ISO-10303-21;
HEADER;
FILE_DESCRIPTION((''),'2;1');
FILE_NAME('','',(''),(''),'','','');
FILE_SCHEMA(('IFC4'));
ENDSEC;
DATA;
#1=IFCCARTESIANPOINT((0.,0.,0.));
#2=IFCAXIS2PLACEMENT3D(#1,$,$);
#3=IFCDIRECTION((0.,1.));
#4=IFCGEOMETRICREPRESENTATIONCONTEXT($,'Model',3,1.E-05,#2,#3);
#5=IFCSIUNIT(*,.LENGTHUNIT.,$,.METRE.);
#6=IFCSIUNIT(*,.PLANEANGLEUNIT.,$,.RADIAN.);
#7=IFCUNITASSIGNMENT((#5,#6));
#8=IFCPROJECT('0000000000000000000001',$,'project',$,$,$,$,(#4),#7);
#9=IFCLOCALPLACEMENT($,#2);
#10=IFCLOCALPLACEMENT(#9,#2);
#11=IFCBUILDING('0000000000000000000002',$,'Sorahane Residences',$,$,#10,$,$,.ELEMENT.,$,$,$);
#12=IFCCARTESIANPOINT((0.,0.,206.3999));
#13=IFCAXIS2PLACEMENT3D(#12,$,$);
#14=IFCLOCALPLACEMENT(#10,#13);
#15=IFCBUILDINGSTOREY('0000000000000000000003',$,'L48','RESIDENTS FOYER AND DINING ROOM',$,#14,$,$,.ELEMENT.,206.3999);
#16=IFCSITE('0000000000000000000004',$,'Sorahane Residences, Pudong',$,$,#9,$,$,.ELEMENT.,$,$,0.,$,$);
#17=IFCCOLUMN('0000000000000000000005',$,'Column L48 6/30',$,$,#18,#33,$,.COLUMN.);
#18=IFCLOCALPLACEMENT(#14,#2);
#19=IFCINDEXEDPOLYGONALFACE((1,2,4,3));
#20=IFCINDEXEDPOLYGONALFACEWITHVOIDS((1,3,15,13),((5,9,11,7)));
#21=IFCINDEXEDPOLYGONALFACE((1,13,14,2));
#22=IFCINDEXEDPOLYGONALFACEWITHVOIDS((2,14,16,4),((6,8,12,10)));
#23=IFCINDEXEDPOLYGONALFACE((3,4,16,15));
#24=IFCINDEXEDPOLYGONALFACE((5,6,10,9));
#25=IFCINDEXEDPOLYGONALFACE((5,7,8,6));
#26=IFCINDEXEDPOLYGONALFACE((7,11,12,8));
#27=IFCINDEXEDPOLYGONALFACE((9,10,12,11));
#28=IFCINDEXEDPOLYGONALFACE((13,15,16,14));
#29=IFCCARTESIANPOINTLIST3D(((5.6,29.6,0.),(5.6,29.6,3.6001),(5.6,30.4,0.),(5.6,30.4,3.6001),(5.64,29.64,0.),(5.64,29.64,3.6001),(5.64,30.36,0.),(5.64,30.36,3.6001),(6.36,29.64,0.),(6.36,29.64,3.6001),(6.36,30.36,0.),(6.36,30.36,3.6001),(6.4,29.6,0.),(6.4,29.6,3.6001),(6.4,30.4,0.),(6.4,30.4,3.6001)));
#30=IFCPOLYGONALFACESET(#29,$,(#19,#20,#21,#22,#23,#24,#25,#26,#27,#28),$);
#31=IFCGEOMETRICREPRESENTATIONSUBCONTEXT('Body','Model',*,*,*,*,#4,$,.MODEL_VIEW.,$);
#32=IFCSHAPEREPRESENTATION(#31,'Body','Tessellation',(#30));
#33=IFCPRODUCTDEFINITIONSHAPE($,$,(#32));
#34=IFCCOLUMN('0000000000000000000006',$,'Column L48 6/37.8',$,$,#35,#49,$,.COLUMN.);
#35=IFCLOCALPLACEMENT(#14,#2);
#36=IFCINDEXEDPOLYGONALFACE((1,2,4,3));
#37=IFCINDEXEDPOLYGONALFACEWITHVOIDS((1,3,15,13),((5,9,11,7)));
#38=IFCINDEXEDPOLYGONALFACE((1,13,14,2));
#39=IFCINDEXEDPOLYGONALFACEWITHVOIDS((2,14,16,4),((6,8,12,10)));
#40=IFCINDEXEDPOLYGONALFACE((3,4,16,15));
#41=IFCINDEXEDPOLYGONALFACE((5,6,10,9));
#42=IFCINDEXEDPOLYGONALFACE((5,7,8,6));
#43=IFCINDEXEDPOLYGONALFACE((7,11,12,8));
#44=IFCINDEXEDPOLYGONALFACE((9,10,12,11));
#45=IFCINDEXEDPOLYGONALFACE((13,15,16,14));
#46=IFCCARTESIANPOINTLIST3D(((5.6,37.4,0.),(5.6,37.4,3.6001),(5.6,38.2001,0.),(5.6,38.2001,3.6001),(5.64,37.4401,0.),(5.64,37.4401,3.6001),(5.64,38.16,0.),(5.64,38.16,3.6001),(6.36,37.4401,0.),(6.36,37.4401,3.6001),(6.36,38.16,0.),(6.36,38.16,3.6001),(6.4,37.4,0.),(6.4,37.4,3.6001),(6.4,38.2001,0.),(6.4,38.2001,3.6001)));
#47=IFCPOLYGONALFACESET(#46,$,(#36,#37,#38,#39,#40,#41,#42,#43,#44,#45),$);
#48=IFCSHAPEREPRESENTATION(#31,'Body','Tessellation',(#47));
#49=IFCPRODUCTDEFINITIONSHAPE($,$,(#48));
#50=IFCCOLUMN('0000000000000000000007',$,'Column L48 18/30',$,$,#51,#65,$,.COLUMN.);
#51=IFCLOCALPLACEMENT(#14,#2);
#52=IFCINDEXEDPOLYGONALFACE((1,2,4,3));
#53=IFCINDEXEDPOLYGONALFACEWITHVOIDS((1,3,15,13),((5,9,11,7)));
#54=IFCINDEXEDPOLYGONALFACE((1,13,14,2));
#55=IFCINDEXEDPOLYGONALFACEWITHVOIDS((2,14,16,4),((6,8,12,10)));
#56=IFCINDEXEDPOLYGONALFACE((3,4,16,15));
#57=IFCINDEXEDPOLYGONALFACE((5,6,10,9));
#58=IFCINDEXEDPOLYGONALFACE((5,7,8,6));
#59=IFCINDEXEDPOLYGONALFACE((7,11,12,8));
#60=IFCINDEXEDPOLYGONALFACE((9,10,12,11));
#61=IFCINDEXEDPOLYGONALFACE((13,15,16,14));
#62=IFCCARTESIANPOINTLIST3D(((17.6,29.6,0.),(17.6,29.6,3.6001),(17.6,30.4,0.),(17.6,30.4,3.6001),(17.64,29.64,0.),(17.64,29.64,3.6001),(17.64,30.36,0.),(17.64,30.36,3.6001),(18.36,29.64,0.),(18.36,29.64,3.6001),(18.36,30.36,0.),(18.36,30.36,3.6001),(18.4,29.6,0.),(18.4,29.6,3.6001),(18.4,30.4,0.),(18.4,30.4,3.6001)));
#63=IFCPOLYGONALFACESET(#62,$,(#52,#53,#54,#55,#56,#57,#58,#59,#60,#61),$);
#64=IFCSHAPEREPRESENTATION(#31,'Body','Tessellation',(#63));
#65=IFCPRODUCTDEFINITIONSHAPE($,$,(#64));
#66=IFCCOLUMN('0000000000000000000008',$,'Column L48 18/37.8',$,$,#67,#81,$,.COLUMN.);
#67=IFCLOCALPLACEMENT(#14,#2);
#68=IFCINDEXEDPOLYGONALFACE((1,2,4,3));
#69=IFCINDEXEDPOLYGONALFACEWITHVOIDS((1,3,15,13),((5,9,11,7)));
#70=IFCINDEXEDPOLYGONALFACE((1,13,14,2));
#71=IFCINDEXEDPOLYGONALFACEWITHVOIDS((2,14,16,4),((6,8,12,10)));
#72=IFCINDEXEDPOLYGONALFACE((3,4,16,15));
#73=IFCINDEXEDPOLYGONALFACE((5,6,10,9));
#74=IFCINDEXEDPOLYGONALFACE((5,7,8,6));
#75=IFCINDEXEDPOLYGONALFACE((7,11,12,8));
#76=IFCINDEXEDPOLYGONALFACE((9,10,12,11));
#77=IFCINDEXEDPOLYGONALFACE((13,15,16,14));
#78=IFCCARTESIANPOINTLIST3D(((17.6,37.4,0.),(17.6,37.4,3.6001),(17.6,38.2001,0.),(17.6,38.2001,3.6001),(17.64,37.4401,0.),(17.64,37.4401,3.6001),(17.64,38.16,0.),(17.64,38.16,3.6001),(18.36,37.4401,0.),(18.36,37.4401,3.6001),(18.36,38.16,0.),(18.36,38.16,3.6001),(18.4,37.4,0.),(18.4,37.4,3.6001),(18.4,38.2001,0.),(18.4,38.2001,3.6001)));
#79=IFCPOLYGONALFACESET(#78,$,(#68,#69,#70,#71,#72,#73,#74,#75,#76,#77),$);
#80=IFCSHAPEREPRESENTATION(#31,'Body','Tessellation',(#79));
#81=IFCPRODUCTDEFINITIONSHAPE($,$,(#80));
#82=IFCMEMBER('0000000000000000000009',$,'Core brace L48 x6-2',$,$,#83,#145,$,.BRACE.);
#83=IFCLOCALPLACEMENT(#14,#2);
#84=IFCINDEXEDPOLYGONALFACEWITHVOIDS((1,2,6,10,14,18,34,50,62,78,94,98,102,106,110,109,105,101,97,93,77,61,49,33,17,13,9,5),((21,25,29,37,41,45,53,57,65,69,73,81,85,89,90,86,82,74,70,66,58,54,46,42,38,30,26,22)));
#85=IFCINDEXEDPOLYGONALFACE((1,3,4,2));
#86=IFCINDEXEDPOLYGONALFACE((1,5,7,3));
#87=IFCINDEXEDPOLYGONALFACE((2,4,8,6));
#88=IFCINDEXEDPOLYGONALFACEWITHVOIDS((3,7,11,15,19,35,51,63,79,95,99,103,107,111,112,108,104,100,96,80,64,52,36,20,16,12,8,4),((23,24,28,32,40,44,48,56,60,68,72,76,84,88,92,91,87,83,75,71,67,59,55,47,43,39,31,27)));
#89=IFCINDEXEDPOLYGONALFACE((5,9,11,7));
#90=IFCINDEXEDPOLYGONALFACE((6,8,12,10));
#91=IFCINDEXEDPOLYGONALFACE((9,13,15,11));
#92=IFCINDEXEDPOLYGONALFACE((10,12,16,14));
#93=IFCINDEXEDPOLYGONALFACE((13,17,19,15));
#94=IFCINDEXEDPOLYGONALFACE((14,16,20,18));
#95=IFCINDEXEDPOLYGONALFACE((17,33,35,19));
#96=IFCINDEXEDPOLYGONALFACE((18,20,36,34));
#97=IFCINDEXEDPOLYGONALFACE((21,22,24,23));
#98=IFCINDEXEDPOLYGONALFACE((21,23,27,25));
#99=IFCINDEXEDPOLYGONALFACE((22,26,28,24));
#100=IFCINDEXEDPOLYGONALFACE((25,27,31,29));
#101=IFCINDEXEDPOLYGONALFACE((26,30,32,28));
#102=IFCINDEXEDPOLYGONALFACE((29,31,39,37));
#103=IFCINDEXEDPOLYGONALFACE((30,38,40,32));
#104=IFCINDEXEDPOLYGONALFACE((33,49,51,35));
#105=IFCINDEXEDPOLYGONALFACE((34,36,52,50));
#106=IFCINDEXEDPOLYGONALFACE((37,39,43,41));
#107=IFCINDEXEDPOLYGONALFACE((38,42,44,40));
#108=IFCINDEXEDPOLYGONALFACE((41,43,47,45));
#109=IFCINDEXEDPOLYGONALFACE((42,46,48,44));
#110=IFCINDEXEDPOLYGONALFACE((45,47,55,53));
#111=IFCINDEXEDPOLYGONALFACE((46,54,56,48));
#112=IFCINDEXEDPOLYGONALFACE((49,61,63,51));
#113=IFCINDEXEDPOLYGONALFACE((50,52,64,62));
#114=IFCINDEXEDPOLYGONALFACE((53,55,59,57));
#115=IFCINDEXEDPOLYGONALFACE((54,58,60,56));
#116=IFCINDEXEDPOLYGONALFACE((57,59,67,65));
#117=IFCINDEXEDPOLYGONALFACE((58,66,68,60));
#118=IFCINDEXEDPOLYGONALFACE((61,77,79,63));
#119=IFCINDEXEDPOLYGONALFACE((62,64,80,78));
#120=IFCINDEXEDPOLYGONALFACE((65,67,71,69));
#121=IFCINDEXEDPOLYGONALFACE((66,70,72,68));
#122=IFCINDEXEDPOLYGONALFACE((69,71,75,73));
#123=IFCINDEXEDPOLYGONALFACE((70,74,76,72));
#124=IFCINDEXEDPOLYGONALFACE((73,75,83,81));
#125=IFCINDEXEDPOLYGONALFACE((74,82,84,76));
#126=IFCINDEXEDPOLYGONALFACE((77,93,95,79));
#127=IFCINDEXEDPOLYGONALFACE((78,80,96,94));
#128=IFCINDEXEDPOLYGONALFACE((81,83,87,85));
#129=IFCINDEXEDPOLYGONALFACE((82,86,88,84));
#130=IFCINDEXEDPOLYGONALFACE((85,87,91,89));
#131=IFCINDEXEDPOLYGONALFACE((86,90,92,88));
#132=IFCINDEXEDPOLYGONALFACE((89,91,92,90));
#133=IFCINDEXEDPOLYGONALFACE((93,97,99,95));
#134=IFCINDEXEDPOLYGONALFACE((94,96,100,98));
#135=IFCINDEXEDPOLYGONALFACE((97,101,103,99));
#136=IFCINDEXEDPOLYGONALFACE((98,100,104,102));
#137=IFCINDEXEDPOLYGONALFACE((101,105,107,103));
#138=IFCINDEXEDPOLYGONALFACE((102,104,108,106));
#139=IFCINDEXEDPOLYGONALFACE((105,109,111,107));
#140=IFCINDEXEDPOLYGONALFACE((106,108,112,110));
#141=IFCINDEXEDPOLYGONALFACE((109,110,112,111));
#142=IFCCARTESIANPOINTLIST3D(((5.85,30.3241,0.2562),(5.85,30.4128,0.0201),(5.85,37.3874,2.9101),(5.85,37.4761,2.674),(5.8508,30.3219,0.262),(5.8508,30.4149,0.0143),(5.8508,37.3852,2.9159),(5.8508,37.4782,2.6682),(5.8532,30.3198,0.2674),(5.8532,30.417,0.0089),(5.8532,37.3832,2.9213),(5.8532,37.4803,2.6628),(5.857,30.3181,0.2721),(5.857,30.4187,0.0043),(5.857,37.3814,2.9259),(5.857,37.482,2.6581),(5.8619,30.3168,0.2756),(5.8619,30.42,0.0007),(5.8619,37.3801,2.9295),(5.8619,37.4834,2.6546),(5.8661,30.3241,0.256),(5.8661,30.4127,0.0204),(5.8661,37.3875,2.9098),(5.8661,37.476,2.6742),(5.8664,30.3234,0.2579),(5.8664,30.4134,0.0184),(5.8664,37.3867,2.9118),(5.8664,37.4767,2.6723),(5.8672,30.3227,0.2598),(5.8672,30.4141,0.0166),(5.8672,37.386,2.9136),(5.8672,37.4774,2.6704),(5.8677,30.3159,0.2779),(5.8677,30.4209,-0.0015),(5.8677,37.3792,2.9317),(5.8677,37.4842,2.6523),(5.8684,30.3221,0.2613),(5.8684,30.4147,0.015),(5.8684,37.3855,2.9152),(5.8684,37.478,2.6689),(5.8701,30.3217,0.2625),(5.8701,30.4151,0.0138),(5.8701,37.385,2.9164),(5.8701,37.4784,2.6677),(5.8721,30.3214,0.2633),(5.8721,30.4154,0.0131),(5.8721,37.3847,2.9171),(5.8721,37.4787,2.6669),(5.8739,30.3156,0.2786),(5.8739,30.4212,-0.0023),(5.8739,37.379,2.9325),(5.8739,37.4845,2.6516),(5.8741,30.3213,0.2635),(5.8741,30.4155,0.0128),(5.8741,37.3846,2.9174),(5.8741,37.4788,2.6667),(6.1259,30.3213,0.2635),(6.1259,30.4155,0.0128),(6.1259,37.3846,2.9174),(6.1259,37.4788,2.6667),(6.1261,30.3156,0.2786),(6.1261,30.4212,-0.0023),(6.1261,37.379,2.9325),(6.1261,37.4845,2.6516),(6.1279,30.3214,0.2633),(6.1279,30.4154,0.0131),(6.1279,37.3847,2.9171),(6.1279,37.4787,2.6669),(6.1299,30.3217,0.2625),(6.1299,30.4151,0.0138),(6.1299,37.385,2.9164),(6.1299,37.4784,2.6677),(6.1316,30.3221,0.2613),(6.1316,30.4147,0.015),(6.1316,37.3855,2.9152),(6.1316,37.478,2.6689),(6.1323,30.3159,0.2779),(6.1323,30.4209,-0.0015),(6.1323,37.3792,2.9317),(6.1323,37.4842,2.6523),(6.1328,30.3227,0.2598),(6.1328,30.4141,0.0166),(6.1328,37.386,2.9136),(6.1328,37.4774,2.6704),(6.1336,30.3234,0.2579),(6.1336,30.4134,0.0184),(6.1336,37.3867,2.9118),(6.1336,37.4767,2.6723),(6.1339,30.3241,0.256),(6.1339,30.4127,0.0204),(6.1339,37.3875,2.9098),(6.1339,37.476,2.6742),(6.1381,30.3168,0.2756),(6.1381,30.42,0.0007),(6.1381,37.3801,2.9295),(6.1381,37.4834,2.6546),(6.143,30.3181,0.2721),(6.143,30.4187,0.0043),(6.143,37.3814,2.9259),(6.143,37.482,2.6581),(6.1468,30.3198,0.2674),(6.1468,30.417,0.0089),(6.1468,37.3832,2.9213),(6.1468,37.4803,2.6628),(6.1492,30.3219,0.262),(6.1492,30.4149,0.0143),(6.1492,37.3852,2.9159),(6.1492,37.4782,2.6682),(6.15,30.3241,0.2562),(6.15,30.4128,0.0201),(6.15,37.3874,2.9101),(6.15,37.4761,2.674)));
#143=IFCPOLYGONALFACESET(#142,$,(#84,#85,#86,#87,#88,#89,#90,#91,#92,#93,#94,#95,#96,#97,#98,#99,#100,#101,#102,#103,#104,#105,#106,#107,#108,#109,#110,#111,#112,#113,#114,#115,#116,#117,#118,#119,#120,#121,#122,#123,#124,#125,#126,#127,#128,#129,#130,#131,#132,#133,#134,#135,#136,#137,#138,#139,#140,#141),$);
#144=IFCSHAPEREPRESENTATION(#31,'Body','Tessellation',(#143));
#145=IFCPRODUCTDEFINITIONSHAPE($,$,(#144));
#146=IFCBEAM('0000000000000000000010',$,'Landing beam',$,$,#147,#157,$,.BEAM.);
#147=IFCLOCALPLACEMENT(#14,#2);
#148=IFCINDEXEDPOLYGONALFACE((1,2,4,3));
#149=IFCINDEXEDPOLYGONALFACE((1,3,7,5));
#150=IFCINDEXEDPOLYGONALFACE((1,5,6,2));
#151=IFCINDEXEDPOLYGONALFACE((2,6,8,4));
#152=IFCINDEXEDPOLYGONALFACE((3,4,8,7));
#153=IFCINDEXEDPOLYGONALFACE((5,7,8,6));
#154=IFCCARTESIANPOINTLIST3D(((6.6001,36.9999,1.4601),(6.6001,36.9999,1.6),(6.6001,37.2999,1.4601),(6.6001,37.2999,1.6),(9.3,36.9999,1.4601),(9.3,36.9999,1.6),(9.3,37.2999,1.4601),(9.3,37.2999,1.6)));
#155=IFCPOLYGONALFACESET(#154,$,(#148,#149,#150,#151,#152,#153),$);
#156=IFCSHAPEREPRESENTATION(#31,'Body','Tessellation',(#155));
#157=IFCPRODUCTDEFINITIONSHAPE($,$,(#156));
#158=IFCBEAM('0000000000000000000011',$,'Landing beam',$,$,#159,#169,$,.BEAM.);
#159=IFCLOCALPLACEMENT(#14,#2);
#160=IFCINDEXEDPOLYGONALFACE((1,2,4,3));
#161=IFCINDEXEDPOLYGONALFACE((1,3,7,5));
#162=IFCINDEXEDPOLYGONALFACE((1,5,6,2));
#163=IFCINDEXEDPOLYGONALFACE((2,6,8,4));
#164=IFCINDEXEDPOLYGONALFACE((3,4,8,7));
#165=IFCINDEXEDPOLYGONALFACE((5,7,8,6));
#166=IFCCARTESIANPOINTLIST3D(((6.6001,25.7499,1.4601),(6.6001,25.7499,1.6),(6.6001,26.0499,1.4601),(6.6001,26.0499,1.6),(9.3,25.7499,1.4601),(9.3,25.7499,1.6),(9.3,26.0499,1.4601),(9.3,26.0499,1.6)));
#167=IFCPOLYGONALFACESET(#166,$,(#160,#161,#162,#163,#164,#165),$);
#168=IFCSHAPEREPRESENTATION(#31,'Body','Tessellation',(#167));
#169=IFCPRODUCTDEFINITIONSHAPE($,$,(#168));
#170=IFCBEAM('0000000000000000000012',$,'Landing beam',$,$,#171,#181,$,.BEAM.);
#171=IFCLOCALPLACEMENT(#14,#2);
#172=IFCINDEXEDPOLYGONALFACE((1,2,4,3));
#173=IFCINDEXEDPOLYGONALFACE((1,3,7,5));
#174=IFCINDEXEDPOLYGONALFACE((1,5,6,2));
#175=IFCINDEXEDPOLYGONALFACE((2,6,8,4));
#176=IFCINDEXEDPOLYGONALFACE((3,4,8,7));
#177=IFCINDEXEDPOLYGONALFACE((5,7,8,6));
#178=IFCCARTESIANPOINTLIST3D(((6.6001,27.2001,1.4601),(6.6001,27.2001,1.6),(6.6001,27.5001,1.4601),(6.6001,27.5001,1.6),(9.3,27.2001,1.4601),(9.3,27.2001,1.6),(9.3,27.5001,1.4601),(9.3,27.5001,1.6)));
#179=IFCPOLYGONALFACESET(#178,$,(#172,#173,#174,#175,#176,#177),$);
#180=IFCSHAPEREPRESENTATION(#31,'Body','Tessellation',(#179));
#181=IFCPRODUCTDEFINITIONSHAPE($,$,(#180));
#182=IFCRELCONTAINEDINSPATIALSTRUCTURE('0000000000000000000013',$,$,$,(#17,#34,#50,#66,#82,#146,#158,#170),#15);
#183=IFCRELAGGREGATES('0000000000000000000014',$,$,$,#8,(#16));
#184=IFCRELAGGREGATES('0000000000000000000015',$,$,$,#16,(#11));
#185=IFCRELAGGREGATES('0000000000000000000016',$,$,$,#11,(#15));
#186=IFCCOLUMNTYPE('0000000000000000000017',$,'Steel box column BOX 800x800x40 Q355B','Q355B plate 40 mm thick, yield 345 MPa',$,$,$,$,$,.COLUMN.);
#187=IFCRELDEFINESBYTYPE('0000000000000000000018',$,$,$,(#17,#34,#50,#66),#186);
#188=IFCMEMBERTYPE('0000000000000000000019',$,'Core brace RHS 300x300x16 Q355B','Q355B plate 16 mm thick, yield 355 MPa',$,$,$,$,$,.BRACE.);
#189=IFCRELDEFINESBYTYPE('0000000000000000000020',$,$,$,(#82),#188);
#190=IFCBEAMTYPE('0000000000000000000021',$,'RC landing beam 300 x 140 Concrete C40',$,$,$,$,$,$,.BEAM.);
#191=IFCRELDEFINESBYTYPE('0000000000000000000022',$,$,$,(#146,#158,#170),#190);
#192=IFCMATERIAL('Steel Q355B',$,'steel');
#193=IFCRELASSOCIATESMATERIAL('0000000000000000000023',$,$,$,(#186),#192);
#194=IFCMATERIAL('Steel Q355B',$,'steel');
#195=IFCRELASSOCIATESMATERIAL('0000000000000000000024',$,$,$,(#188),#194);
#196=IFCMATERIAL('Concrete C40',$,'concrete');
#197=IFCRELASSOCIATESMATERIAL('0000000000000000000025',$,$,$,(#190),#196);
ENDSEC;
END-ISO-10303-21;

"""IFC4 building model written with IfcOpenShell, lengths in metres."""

from ifc_helpers import new_model, si_unit, direction, frame, origin, origin_2d, place, context, subcontext, project, spatial, rectangle, hollow_rectangle, extrude, material, material_profile, profile_set, type_object, element, save


model = new_model("IFC4")

# Units and contexts
model_context = context("Model", 3, precision=1e-05, world=origin(), true_north=direction((0.0, 1.0)))
body_context = subcontext(model_context, "Body", "Model", "MODEL_VIEW")
ifc_project = project(units=[si_unit("LENGTHUNIT", "METRE"), si_unit("PLANEANGLEUNIT", "RADIAN")], contexts=[model_context])

# Site, building, storey
site_placement = place(None, origin())
site = spatial("IfcSite", under=ifc_project, at=site_placement, Name="Sorahane Residences, Pudong", CompositionType="ELEMENT", RefElevation=0.0)
building_placement = place(site_placement, origin())
building = spatial("IfcBuilding", under=site, at=building_placement, Name="Sorahane Residences", CompositionType="ELEMENT")
storey_placement = place(building_placement, frame((0.0, 0.0, 206.3999)))
storey = spatial("IfcBuildingStorey", under=building, at=storey_placement, Name="L48", Description="RESIDENTS FOYER AND DINING ROOM", CompositionType="ELEMENT", Elevation=206.3999)

# Columns
ifc_material_1 = material(Name="Steel Q355B", Category="steel")
ifc_material_profile_1 = material_profile(ifc_material_1, hollow_rectangle(XDim=0.8, YDim=0.8, WallThickness=0.04, at=origin_2d()), Name="BOX 800x800x40")
ifc_profile_set_1 = profile_set([ifc_material_profile_1], Name="Steel Q355B")
column_type = type_object("IfcColumnType", Name="Steel box column BOX 800x800x40 Q355B", Description="Q355B plate 40 mm thick, yield 345 MPa", PredefinedType="COLUMN", material=ifc_profile_set_1)
for number, where, z_axis, x_axis, name in (
    (1, (6.0, 30.0, 0.0), (0.0, 0.0, 1.0), (1.0, 0.0, 0.0), "Column L48 6/30"),
    (2, (6.0, 37.8, 0.0), (0.0, 0.0, 1.0), (1.0, 0.0, 0.0), "Column L48 6/37.8"),
    (3, (18.0, 30.0, 0.0), (0.0, 0.0, 1.0), (1.0, 0.0, 0.0), "Column L48 18/30"),
    (4, (18.0, 37.8, 0.0), (0.0, 0.0, 1.0), (1.0, 0.0, 0.0), "Column L48 18/37.8"),
):
    element("IfcColumn", number, at=place(storey_placement, frame(where, z_axis=z_axis, x_axis=x_axis)), inside=storey, type_object=column_type, Name=name, PredefinedType="COLUMN", context=body_context, shape_type="SweptSolid", body=[
        extrude(hollow_rectangle(XDim=0.8, YDim=0.8, WallThickness=0.04, at=origin_2d()), origin(), (0.0, 0.0, 1.0), 3.6001),
    ])

# Member
ifc_material_2 = material(Name="Steel Q355B", Category="steel")
ifc_material_profile_2 = material_profile(ifc_material_2, hollow_rectangle(XDim=0.3, YDim=0.3, WallThickness=0.0161, InnerFilletRadius=0.0081, OuterFilletRadius=0.0239, at=origin_2d()), Name="RHS 300x300x16")
ifc_profile_set_2 = profile_set([ifc_material_profile_2], Name="Steel Q355B")
member_type = type_object("IfcMemberType", Name="Core brace RHS 300x300x16 Q355B", Description="Q355B plate 16 mm thick, yield 355 MPa", PredefinedType="BRACE", material=ifc_profile_set_2)
member_placement = place(storey_placement, frame((6.0, 30.3684, 0.1382), z_axis=(0.0, 0.936107, 0.351716), x_axis=(-1.0, 0.0, 0.0)))
element("IfcMember", 5, at=member_placement, inside=storey, type_object=member_type, Name="Core brace L48 x6-2", PredefinedType="BRACE", context=body_context, shape_type="SweptSolid", body=[
    extrude(hollow_rectangle(XDim=0.3, YDim=0.3, WallThickness=0.0161, InnerFilletRadius=0.0081, OuterFilletRadius=0.0239, at=origin_2d()), origin(), (0.0, 0.0, 1.0), 7.5454),
])

# Beams
ifc_material_3 = material(Name="Concrete C40", Category="concrete")
ifc_material_profile_3 = material_profile(ifc_material_3, rectangle(XDim=0.3, YDim=0.1399, at=origin_2d()), Name="300x140")
ifc_profile_set_3 = profile_set([ifc_material_profile_3], Name="Concrete C40")
beam_type_1 = type_object("IfcBeamType", Name="RC landing beam 300 x 140 Concrete C40", PredefinedType="BEAM", material=ifc_profile_set_3)
for number, where, z_axis, x_axis, name in (
    (6, (6.6001, 37.1499, 1.53), (1.0, 0.0, 0.0), (0.0, 1.0, 0.0), "Landing beam"),
    (7, (6.6001, 25.8999, 1.53), (1.0, 0.0, 0.0), (0.0, 1.0, 0.0), "Landing beam"),
    (8, (6.6001, 27.3501, 1.53), (1.0, 0.0, 0.0), (0.0, 1.0, 0.0), "Landing beam"),
):
    element("IfcBeam", number, at=place(storey_placement, frame(where, z_axis=z_axis, x_axis=x_axis)), inside=storey, type_object=beam_type_1, Name=name, PredefinedType="BEAM", context=body_context, shape_type="SweptSolid", body=[
        extrude(rectangle(XDim=0.3, YDim=0.1399, at=origin_2d()), origin(), (0.0, 0.0, 1.0), 2.7),
    ])

save(model, "model.ifc")
